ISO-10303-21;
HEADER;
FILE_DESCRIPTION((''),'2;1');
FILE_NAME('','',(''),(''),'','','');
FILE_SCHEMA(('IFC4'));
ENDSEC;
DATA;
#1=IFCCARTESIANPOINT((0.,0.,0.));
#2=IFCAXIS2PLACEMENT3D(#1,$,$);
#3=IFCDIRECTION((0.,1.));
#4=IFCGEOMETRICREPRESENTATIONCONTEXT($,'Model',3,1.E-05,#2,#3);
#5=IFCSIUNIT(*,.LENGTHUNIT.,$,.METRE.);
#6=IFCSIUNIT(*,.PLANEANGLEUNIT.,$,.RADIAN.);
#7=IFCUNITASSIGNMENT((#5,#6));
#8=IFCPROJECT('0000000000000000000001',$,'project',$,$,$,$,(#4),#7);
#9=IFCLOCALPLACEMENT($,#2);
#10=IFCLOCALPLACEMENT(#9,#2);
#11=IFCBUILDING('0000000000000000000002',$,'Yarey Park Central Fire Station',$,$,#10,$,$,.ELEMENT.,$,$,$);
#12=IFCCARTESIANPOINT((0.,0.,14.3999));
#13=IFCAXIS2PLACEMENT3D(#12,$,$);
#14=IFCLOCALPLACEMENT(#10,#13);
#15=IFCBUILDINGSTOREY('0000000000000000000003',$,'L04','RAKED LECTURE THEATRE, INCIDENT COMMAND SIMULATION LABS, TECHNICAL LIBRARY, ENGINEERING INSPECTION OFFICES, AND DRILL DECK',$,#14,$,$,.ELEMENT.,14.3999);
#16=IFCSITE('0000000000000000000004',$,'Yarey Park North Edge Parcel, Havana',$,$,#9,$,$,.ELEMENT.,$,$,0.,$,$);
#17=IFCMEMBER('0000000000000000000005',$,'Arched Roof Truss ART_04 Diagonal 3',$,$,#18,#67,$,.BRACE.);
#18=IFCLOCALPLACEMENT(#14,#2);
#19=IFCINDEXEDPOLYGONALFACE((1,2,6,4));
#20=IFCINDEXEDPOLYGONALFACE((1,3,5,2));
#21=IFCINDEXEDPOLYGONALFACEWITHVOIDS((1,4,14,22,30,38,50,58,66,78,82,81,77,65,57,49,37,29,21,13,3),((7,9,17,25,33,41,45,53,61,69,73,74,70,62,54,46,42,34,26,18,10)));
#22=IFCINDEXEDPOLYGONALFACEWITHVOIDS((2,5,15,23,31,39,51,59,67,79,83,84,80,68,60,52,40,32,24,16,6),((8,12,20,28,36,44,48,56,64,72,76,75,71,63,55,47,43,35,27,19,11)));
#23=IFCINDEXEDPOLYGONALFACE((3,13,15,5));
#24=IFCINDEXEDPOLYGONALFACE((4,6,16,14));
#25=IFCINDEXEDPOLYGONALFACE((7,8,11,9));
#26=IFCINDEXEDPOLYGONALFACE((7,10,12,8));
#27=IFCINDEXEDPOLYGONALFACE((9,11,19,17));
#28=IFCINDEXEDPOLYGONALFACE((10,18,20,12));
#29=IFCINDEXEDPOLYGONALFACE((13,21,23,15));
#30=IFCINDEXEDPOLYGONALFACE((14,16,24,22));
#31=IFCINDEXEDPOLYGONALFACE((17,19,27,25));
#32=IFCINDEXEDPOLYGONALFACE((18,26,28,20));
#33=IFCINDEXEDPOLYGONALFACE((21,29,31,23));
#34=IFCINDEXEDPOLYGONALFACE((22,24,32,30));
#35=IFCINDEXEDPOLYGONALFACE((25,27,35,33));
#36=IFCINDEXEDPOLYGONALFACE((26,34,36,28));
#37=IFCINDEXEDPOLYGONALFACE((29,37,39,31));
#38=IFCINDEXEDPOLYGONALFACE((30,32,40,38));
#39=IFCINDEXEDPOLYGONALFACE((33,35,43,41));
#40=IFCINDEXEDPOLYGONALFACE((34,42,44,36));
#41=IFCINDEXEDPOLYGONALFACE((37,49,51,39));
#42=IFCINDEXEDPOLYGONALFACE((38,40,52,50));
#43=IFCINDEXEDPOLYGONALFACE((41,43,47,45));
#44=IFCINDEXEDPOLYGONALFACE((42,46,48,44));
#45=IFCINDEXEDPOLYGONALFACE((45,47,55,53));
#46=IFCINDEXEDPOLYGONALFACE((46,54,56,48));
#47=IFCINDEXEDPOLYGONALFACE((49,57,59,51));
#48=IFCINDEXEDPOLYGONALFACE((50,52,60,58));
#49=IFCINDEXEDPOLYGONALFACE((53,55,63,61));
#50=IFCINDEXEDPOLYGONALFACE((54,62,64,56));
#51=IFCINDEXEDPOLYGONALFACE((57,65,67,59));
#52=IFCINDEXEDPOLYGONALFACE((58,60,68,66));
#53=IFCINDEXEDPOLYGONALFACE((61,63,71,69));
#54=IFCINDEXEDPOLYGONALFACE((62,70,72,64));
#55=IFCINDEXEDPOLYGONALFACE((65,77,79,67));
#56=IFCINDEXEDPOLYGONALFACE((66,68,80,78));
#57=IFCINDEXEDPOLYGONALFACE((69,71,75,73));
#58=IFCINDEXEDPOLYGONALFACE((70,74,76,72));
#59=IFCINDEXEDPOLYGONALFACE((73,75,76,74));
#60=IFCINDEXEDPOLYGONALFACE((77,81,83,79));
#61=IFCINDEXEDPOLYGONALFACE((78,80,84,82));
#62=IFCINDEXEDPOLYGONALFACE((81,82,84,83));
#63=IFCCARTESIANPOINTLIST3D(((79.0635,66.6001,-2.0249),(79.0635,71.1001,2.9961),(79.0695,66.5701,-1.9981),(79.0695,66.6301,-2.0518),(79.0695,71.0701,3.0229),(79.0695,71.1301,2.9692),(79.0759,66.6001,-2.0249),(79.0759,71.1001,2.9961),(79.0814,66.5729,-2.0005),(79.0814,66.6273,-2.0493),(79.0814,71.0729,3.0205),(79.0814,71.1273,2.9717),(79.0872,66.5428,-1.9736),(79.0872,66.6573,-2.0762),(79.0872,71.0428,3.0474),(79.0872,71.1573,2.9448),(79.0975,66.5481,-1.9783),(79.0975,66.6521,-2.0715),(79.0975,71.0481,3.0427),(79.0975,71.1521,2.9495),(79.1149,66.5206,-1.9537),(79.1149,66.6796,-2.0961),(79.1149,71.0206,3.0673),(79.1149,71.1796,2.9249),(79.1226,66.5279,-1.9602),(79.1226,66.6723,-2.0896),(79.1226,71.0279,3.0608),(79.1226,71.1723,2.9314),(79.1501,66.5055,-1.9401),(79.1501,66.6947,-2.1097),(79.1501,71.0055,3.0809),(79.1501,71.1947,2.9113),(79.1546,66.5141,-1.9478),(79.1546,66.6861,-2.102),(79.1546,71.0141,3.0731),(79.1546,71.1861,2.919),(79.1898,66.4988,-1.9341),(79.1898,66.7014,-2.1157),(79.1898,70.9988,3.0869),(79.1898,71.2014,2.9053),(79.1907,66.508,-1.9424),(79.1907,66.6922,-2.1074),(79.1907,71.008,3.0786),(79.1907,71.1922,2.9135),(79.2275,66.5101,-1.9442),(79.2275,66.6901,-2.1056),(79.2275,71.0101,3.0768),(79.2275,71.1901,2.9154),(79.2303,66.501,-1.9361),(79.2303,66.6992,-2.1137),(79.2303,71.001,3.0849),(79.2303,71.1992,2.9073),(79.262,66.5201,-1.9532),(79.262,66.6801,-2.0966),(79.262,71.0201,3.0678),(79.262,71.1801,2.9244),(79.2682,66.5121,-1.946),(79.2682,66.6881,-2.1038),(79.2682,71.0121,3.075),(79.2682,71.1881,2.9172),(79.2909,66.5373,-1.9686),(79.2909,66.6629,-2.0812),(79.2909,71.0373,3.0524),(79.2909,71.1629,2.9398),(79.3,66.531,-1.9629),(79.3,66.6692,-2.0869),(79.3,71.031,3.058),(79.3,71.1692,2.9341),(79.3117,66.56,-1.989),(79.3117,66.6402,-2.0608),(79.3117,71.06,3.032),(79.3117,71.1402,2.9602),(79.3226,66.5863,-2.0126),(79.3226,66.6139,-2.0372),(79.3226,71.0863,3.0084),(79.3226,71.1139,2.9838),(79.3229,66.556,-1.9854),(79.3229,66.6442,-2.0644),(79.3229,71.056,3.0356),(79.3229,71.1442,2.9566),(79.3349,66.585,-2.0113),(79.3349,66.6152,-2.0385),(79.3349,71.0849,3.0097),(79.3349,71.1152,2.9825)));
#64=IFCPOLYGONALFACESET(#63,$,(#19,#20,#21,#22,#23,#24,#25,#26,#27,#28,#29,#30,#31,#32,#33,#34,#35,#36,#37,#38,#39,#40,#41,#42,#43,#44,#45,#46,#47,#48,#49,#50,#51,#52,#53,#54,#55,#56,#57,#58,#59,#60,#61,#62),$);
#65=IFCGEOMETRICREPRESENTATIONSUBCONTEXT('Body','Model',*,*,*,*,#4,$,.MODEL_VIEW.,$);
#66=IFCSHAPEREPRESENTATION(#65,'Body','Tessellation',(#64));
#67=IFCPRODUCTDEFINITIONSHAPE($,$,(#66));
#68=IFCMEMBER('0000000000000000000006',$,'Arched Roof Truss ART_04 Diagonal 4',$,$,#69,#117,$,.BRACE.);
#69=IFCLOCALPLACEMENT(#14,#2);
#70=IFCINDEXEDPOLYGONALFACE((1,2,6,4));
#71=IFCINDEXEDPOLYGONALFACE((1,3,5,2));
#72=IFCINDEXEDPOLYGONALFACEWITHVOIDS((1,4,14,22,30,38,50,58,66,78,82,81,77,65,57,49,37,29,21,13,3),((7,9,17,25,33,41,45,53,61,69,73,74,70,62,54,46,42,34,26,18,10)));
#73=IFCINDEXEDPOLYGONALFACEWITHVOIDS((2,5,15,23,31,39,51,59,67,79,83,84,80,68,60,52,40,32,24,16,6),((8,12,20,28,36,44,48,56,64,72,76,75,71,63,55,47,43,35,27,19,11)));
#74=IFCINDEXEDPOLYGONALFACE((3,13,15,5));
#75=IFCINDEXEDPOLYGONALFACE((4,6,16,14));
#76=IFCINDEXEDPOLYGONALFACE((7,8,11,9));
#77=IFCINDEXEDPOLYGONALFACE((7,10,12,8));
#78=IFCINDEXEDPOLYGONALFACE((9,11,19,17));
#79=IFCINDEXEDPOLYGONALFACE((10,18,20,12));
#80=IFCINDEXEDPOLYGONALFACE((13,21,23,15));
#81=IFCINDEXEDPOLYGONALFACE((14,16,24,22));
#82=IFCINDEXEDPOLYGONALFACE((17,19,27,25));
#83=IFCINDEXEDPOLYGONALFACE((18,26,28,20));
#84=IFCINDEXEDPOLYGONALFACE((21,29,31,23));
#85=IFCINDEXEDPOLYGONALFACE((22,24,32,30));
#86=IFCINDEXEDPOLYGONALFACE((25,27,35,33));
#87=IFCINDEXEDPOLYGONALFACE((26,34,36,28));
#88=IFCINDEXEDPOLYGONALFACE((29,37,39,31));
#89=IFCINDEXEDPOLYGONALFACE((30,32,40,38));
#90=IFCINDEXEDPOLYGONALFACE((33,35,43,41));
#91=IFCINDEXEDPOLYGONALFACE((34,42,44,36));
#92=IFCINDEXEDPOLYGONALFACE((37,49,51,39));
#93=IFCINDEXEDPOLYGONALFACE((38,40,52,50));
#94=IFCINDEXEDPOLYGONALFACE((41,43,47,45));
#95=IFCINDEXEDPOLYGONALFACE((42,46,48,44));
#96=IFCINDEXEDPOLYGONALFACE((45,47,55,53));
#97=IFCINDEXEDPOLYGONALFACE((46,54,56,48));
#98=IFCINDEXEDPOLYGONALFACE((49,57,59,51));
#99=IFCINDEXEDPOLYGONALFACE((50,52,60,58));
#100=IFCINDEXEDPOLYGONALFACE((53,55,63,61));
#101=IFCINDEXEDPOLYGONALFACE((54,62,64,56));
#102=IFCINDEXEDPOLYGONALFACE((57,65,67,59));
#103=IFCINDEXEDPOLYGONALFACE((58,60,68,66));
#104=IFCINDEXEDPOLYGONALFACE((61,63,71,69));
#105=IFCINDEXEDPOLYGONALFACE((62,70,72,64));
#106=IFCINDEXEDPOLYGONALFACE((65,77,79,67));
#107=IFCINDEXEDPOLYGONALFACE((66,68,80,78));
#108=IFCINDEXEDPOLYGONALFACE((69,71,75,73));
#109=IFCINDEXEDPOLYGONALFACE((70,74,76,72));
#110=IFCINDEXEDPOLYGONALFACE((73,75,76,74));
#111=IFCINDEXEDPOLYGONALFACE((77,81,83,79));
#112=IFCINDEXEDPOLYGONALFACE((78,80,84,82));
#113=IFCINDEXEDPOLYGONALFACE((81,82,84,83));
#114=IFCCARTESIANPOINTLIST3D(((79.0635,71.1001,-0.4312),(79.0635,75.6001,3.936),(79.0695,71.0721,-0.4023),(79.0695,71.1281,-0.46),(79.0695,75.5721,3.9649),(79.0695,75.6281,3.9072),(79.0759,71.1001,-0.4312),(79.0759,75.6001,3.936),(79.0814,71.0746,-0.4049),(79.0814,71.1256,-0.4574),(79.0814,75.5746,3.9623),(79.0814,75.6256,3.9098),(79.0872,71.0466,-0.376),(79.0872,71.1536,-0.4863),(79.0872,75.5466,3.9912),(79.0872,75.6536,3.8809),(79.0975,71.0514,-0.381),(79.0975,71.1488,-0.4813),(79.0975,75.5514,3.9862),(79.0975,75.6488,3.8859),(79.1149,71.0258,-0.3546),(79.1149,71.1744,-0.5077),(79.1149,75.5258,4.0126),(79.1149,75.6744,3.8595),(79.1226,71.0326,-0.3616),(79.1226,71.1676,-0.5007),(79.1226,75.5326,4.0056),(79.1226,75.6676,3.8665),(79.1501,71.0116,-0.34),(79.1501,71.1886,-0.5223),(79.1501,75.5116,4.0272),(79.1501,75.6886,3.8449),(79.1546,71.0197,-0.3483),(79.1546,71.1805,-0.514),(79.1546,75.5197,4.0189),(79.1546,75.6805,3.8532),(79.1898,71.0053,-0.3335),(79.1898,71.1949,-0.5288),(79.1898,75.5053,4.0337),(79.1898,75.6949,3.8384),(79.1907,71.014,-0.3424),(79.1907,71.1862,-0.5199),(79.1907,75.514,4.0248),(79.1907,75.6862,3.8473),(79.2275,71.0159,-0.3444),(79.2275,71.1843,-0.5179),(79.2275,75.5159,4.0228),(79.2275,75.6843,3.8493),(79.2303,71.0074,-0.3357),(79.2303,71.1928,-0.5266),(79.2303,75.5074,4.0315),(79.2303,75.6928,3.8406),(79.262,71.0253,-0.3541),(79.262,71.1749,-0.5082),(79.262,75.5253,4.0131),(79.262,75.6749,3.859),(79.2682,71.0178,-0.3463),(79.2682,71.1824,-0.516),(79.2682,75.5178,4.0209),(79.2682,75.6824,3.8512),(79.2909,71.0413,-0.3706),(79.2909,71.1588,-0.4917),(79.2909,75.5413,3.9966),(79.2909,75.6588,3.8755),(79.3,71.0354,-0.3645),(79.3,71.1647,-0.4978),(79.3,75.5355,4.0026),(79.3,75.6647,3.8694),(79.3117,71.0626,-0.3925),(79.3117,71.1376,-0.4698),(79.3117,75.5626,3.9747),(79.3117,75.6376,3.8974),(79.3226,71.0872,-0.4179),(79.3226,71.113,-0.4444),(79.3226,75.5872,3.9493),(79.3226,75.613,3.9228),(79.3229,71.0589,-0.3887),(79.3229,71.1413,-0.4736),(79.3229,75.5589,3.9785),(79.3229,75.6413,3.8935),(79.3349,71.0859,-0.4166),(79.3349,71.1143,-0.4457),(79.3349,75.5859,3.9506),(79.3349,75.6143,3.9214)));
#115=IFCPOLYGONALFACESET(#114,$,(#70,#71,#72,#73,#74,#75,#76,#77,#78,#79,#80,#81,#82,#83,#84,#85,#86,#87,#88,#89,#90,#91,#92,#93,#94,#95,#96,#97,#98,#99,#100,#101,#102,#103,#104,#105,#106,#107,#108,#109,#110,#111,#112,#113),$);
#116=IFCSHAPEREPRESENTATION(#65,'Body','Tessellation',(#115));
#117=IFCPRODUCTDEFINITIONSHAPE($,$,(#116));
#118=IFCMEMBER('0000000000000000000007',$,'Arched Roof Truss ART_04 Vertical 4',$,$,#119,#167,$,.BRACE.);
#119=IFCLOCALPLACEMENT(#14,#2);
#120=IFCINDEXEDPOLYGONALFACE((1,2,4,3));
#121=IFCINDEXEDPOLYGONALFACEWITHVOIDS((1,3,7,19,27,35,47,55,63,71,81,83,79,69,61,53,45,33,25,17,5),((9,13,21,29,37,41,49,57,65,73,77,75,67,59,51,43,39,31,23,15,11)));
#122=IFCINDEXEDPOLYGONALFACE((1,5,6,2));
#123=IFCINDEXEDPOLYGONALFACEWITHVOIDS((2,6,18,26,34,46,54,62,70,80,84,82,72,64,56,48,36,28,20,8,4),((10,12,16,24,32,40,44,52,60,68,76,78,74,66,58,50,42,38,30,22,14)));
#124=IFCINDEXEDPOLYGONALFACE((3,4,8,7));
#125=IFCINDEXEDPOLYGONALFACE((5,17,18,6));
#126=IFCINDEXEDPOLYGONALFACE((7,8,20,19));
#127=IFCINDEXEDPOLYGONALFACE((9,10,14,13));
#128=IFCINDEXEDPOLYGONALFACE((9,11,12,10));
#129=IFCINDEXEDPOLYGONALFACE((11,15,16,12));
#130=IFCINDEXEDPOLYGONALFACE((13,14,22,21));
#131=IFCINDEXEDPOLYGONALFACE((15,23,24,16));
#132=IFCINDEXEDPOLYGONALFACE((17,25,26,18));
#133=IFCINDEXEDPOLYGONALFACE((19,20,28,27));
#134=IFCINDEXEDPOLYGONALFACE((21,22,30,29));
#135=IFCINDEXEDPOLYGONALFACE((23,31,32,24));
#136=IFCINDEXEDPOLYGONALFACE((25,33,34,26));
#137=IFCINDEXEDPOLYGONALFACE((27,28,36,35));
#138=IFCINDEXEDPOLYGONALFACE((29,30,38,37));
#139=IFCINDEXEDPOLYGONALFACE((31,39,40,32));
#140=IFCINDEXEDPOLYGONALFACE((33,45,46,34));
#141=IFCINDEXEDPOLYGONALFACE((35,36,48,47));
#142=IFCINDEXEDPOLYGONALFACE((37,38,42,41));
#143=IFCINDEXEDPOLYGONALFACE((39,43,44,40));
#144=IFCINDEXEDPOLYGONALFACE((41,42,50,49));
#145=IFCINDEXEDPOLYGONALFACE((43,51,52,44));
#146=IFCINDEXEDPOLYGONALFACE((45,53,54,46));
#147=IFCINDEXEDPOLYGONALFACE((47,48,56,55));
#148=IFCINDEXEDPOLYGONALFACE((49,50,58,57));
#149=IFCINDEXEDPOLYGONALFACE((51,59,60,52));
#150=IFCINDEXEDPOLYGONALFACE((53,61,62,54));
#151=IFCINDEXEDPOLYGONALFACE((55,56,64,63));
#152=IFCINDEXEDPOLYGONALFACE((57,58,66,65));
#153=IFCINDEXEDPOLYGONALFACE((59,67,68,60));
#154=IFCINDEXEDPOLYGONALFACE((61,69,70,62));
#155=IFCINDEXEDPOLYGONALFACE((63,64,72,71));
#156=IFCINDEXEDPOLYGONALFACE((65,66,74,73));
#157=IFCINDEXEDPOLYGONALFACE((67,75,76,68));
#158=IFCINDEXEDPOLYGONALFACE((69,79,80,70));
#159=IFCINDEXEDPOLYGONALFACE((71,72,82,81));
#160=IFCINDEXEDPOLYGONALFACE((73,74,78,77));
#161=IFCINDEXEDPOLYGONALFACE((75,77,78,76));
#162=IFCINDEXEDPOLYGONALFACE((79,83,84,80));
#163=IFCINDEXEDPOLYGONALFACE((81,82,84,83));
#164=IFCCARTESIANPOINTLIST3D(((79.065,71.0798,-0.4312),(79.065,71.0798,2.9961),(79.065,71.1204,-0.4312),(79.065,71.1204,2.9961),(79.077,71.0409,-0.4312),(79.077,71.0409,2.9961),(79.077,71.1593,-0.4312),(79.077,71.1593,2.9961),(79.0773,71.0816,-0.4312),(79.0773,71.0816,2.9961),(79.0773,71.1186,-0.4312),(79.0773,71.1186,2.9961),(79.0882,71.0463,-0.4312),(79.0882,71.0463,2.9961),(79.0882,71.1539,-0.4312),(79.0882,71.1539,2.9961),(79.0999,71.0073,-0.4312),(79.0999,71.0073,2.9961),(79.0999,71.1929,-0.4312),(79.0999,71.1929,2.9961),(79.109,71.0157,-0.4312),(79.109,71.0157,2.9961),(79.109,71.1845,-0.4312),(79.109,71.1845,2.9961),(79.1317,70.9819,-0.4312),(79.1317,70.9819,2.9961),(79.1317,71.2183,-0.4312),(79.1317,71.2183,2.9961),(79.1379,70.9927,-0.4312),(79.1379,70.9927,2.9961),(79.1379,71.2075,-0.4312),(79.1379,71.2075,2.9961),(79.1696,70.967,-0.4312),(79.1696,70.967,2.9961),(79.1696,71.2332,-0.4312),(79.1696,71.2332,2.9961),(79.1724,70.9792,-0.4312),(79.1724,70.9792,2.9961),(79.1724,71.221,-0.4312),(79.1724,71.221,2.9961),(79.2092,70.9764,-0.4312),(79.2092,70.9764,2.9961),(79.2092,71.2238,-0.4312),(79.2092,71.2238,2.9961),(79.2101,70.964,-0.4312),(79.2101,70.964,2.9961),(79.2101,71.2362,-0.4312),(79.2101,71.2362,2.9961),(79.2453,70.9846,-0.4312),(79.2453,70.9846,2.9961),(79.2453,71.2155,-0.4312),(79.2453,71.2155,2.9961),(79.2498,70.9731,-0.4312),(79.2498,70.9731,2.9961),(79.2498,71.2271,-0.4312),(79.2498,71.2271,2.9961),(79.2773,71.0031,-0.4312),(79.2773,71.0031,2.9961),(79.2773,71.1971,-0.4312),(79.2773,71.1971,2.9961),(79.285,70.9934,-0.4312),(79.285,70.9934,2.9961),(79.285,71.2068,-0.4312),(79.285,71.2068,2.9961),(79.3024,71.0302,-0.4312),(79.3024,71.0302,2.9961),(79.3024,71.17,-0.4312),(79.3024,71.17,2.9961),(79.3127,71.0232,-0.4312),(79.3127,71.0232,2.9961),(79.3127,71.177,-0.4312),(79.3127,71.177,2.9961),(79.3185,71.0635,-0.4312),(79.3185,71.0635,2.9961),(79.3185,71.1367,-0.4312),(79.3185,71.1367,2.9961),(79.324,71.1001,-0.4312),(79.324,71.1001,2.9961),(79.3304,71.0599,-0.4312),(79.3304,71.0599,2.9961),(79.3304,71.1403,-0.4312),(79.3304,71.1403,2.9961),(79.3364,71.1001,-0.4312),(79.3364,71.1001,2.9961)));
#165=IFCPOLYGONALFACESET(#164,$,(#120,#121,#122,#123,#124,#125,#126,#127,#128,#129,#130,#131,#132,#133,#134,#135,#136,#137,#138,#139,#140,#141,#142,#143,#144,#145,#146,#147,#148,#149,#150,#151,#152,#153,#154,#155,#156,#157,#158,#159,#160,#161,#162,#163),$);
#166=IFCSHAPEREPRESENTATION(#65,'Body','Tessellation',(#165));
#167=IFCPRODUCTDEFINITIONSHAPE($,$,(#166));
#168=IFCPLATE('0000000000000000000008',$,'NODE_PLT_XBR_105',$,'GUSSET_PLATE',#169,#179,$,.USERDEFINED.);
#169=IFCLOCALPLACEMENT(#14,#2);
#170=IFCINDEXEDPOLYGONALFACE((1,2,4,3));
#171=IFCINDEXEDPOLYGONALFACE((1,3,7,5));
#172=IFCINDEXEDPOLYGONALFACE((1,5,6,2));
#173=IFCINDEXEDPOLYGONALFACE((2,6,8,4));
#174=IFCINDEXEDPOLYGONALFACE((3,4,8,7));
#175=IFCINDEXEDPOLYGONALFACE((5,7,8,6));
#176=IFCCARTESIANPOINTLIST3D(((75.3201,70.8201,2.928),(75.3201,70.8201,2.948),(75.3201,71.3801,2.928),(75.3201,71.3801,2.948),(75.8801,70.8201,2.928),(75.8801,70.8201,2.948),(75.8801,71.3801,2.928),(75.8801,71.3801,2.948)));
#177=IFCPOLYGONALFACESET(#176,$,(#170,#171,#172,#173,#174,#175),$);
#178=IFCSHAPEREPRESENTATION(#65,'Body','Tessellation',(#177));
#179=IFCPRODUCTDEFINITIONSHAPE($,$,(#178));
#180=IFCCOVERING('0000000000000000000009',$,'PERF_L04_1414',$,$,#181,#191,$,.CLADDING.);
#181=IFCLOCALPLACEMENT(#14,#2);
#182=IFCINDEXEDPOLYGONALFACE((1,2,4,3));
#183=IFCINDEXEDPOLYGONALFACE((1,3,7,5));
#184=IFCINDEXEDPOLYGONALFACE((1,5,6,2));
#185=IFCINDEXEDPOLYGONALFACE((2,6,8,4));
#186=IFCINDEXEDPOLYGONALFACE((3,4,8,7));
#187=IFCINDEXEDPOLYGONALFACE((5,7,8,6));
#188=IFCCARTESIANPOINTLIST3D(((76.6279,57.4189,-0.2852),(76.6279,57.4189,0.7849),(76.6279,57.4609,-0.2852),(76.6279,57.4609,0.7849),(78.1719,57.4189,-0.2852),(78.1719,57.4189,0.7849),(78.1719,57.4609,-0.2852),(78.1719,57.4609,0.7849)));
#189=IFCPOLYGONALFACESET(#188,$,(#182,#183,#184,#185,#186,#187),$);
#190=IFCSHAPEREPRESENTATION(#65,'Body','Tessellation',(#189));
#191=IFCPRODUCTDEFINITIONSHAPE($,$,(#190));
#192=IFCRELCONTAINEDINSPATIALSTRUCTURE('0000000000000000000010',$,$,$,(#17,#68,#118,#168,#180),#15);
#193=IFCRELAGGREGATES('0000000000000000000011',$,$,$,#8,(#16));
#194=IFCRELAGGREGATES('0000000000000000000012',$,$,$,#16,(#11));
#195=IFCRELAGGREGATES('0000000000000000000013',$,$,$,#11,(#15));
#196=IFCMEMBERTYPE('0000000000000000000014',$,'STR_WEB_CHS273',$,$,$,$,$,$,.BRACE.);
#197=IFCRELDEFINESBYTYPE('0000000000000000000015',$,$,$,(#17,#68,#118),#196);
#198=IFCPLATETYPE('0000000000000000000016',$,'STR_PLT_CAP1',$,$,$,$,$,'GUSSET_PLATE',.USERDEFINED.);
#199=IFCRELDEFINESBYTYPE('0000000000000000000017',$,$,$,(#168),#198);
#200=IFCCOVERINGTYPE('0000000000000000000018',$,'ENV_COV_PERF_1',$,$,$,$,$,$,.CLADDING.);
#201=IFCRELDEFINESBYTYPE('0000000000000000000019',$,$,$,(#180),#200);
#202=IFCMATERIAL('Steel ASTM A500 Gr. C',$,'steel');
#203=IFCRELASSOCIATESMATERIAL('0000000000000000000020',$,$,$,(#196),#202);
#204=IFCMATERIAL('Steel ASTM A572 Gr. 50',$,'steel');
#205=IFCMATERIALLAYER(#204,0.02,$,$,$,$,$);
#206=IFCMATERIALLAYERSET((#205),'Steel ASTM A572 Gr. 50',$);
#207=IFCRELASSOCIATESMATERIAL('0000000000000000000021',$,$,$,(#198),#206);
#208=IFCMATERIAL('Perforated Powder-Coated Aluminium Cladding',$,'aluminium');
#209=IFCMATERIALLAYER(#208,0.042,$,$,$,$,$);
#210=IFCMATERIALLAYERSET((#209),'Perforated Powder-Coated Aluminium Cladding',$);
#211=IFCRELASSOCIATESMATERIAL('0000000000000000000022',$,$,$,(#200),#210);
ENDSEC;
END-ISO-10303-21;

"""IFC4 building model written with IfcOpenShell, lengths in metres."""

from ifc_helpers import new_model, si_unit, direction, frame, origin, origin_2d, place, context, subcontext, project, spatial, rectangle, hollow_circle, extrude, material, layer, layer_set, material_profile, profile_set, type_object, element, save


model = new_model("IFC4")

# Units and contexts
model_context = context("Model", 3, precision=1e-05, world=origin(), true_north=direction((0.0, 1.0)))
body_context = subcontext(model_context, "Body", "Model", "MODEL_VIEW")
ifc_project = project(units=[si_unit("LENGTHUNIT", "METRE"), si_unit("PLANEANGLEUNIT", "RADIAN")], contexts=[model_context])

# Site, building, storey
site_placement = place(None, origin())
site = spatial("IfcSite", under=ifc_project, at=site_placement, Name="Yarey Park North Edge Parcel, Havana", CompositionType="ELEMENT", RefElevation=0.0)
building_placement = place(site_placement, origin())
building = spatial("IfcBuilding", under=site, at=building_placement, Name="Yarey Park Central Fire Station", CompositionType="ELEMENT")
storey_placement = place(building_placement, frame((0.0, 0.0, 14.3999)))
storey = spatial("IfcBuildingStorey", under=building, at=storey_placement, Name="L04", Description="RAKED LECTURE THEATRE, INCIDENT COMMAND SIMULATION LABS, TECHNICAL LIBRARY, ENGINEERING INSPECTION OFFICES, AND DRILL DECK", CompositionType="ELEMENT", Elevation=14.3999)

# Shared definitions
ifc_material_1 = material(Name="Steel ASTM A500 Gr. C", Category="steel")

# Members
ifc_material_profile_1 = material_profile(ifc_material_1, hollow_circle(Radius=0.1365, WallThickness=0.0125, at=origin_2d()), Name="CHS 273x12.5")
ifc_profile_set_1 = profile_set([ifc_material_profile_1], Name="Steel ASTM A500 Gr. C")
member_type_1 = type_object("IfcMemberType", Name="STR_WEB_CHS273", PredefinedType="BRACE", material=ifc_profile_set_1)
member_1_placement = place(storey_placement, frame((79.2, 66.6001, -2.0249), z_axis=(0.0, 0.667415, 0.744686), x_axis=(-1.0, 0.0, 0.0)))
element("IfcMember", 1, at=member_1_placement, inside=storey, type_object=member_type_1, Name="Arched Roof Truss ART_04 Diagonal 3", PredefinedType="BRACE", context=body_context, shape_type="SweptSolid", body=[
    extrude(hollow_circle(Radius=0.1365, WallThickness=0.0125, at=origin_2d()), origin(), (0.0, 0.0, 1.0), 6.7424),
])
member_2_placement = place(storey_placement, frame((79.2, 71.1001, -0.4312), z_axis=(0.0, 0.717617, 0.696438), x_axis=(-1.0, 0.0, 0.0)))
element("IfcMember", 2, at=member_2_placement, inside=storey, type_object=member_type_1, Name="Arched Roof Truss ART_04 Diagonal 4", PredefinedType="BRACE", context=body_context, shape_type="SweptSolid", body=[
    extrude(hollow_circle(Radius=0.1365, WallThickness=0.0125, at=origin_2d()), origin(), (0.0, 0.0, 1.0), 6.2708),
])
member_3_placement = place(storey_placement, frame((79.2, 71.1001, -0.4312), z_axis=(0.0, 0.0, 1.0), x_axis=(1.0, 0.0, 0.0)))
element("IfcMember", 3, at=member_3_placement, inside=storey, type_object=member_type_1, Name="Arched Roof Truss ART_04 Vertical 4", PredefinedType="BRACE", context=body_context, shape_type="SweptSolid", body=[
    extrude(hollow_circle(Radius=0.1365, WallThickness=0.0125, at=origin_2d()), origin(), (0.0, 0.0, 1.0), 3.4272),
])

# Plate
ifc_material_2 = material(Name="Steel ASTM A572 Gr. 50", Category="steel")
ifc_layer_1 = layer(ifc_material_2, 0.02)
ifc_layer_set_1 = layer_set([ifc_layer_1], Name="Steel ASTM A572 Gr. 50")
plate_type = type_object("IfcPlateType", Name="STR_PLT_CAP1", ElementType="GUSSET_PLATE", PredefinedType="USERDEFINED", material=ifc_layer_set_1)
plate_placement = place(storey_placement, frame((75.6001, 71.1001, 2.928), z_axis=(0.0, 0.0, 1.0), x_axis=(1.0, 0.0, 0.0)))
element("IfcPlate", 4, at=plate_placement, inside=storey, type_object=plate_type, Name="NODE_PLT_XBR_105", ObjectType="GUSSET_PLATE", PredefinedType="USERDEFINED", context=body_context, shape_type="SweptSolid", body=[
    extrude(rectangle(XDim=0.5601, YDim=0.5601, at=origin_2d()), origin(), (0.0, 0.0, 1.0), 0.02),
])

# Covering
ifc_material_3 = material(Name="Perforated Powder-Coated Aluminium Cladding", Category="aluminium")
ifc_layer_2 = layer(ifc_material_3, 0.042)
ifc_layer_set_2 = layer_set([ifc_layer_2], Name="Perforated Powder-Coated Aluminium Cladding")
covering_type_1 = type_object("IfcCoveringType", Name="ENV_COV_PERF_1", PredefinedType="CLADDING", material=ifc_layer_set_2)
for number, where, z_axis, x_axis, name in (
    (5, (77.3999, 57.4399, -0.2852), (0.0, 0.0, 1.0), (1.0, 0.0, 0.0), "PERF_L04_1414"),
):
    element("IfcCovering", number, at=place(storey_placement, frame(where, z_axis=z_axis, x_axis=x_axis)), inside=storey, type_object=covering_type_1, Name=name, PredefinedType="CLADDING", context=body_context, shape_type="SweptSolid", body=[
        extrude(rectangle(XDim=1.5439, YDim=0.042, at=origin_2d()), origin(), (0.0, 0.0, 1.0), 1.0701),
    ])

save(model, "model.ifc")
